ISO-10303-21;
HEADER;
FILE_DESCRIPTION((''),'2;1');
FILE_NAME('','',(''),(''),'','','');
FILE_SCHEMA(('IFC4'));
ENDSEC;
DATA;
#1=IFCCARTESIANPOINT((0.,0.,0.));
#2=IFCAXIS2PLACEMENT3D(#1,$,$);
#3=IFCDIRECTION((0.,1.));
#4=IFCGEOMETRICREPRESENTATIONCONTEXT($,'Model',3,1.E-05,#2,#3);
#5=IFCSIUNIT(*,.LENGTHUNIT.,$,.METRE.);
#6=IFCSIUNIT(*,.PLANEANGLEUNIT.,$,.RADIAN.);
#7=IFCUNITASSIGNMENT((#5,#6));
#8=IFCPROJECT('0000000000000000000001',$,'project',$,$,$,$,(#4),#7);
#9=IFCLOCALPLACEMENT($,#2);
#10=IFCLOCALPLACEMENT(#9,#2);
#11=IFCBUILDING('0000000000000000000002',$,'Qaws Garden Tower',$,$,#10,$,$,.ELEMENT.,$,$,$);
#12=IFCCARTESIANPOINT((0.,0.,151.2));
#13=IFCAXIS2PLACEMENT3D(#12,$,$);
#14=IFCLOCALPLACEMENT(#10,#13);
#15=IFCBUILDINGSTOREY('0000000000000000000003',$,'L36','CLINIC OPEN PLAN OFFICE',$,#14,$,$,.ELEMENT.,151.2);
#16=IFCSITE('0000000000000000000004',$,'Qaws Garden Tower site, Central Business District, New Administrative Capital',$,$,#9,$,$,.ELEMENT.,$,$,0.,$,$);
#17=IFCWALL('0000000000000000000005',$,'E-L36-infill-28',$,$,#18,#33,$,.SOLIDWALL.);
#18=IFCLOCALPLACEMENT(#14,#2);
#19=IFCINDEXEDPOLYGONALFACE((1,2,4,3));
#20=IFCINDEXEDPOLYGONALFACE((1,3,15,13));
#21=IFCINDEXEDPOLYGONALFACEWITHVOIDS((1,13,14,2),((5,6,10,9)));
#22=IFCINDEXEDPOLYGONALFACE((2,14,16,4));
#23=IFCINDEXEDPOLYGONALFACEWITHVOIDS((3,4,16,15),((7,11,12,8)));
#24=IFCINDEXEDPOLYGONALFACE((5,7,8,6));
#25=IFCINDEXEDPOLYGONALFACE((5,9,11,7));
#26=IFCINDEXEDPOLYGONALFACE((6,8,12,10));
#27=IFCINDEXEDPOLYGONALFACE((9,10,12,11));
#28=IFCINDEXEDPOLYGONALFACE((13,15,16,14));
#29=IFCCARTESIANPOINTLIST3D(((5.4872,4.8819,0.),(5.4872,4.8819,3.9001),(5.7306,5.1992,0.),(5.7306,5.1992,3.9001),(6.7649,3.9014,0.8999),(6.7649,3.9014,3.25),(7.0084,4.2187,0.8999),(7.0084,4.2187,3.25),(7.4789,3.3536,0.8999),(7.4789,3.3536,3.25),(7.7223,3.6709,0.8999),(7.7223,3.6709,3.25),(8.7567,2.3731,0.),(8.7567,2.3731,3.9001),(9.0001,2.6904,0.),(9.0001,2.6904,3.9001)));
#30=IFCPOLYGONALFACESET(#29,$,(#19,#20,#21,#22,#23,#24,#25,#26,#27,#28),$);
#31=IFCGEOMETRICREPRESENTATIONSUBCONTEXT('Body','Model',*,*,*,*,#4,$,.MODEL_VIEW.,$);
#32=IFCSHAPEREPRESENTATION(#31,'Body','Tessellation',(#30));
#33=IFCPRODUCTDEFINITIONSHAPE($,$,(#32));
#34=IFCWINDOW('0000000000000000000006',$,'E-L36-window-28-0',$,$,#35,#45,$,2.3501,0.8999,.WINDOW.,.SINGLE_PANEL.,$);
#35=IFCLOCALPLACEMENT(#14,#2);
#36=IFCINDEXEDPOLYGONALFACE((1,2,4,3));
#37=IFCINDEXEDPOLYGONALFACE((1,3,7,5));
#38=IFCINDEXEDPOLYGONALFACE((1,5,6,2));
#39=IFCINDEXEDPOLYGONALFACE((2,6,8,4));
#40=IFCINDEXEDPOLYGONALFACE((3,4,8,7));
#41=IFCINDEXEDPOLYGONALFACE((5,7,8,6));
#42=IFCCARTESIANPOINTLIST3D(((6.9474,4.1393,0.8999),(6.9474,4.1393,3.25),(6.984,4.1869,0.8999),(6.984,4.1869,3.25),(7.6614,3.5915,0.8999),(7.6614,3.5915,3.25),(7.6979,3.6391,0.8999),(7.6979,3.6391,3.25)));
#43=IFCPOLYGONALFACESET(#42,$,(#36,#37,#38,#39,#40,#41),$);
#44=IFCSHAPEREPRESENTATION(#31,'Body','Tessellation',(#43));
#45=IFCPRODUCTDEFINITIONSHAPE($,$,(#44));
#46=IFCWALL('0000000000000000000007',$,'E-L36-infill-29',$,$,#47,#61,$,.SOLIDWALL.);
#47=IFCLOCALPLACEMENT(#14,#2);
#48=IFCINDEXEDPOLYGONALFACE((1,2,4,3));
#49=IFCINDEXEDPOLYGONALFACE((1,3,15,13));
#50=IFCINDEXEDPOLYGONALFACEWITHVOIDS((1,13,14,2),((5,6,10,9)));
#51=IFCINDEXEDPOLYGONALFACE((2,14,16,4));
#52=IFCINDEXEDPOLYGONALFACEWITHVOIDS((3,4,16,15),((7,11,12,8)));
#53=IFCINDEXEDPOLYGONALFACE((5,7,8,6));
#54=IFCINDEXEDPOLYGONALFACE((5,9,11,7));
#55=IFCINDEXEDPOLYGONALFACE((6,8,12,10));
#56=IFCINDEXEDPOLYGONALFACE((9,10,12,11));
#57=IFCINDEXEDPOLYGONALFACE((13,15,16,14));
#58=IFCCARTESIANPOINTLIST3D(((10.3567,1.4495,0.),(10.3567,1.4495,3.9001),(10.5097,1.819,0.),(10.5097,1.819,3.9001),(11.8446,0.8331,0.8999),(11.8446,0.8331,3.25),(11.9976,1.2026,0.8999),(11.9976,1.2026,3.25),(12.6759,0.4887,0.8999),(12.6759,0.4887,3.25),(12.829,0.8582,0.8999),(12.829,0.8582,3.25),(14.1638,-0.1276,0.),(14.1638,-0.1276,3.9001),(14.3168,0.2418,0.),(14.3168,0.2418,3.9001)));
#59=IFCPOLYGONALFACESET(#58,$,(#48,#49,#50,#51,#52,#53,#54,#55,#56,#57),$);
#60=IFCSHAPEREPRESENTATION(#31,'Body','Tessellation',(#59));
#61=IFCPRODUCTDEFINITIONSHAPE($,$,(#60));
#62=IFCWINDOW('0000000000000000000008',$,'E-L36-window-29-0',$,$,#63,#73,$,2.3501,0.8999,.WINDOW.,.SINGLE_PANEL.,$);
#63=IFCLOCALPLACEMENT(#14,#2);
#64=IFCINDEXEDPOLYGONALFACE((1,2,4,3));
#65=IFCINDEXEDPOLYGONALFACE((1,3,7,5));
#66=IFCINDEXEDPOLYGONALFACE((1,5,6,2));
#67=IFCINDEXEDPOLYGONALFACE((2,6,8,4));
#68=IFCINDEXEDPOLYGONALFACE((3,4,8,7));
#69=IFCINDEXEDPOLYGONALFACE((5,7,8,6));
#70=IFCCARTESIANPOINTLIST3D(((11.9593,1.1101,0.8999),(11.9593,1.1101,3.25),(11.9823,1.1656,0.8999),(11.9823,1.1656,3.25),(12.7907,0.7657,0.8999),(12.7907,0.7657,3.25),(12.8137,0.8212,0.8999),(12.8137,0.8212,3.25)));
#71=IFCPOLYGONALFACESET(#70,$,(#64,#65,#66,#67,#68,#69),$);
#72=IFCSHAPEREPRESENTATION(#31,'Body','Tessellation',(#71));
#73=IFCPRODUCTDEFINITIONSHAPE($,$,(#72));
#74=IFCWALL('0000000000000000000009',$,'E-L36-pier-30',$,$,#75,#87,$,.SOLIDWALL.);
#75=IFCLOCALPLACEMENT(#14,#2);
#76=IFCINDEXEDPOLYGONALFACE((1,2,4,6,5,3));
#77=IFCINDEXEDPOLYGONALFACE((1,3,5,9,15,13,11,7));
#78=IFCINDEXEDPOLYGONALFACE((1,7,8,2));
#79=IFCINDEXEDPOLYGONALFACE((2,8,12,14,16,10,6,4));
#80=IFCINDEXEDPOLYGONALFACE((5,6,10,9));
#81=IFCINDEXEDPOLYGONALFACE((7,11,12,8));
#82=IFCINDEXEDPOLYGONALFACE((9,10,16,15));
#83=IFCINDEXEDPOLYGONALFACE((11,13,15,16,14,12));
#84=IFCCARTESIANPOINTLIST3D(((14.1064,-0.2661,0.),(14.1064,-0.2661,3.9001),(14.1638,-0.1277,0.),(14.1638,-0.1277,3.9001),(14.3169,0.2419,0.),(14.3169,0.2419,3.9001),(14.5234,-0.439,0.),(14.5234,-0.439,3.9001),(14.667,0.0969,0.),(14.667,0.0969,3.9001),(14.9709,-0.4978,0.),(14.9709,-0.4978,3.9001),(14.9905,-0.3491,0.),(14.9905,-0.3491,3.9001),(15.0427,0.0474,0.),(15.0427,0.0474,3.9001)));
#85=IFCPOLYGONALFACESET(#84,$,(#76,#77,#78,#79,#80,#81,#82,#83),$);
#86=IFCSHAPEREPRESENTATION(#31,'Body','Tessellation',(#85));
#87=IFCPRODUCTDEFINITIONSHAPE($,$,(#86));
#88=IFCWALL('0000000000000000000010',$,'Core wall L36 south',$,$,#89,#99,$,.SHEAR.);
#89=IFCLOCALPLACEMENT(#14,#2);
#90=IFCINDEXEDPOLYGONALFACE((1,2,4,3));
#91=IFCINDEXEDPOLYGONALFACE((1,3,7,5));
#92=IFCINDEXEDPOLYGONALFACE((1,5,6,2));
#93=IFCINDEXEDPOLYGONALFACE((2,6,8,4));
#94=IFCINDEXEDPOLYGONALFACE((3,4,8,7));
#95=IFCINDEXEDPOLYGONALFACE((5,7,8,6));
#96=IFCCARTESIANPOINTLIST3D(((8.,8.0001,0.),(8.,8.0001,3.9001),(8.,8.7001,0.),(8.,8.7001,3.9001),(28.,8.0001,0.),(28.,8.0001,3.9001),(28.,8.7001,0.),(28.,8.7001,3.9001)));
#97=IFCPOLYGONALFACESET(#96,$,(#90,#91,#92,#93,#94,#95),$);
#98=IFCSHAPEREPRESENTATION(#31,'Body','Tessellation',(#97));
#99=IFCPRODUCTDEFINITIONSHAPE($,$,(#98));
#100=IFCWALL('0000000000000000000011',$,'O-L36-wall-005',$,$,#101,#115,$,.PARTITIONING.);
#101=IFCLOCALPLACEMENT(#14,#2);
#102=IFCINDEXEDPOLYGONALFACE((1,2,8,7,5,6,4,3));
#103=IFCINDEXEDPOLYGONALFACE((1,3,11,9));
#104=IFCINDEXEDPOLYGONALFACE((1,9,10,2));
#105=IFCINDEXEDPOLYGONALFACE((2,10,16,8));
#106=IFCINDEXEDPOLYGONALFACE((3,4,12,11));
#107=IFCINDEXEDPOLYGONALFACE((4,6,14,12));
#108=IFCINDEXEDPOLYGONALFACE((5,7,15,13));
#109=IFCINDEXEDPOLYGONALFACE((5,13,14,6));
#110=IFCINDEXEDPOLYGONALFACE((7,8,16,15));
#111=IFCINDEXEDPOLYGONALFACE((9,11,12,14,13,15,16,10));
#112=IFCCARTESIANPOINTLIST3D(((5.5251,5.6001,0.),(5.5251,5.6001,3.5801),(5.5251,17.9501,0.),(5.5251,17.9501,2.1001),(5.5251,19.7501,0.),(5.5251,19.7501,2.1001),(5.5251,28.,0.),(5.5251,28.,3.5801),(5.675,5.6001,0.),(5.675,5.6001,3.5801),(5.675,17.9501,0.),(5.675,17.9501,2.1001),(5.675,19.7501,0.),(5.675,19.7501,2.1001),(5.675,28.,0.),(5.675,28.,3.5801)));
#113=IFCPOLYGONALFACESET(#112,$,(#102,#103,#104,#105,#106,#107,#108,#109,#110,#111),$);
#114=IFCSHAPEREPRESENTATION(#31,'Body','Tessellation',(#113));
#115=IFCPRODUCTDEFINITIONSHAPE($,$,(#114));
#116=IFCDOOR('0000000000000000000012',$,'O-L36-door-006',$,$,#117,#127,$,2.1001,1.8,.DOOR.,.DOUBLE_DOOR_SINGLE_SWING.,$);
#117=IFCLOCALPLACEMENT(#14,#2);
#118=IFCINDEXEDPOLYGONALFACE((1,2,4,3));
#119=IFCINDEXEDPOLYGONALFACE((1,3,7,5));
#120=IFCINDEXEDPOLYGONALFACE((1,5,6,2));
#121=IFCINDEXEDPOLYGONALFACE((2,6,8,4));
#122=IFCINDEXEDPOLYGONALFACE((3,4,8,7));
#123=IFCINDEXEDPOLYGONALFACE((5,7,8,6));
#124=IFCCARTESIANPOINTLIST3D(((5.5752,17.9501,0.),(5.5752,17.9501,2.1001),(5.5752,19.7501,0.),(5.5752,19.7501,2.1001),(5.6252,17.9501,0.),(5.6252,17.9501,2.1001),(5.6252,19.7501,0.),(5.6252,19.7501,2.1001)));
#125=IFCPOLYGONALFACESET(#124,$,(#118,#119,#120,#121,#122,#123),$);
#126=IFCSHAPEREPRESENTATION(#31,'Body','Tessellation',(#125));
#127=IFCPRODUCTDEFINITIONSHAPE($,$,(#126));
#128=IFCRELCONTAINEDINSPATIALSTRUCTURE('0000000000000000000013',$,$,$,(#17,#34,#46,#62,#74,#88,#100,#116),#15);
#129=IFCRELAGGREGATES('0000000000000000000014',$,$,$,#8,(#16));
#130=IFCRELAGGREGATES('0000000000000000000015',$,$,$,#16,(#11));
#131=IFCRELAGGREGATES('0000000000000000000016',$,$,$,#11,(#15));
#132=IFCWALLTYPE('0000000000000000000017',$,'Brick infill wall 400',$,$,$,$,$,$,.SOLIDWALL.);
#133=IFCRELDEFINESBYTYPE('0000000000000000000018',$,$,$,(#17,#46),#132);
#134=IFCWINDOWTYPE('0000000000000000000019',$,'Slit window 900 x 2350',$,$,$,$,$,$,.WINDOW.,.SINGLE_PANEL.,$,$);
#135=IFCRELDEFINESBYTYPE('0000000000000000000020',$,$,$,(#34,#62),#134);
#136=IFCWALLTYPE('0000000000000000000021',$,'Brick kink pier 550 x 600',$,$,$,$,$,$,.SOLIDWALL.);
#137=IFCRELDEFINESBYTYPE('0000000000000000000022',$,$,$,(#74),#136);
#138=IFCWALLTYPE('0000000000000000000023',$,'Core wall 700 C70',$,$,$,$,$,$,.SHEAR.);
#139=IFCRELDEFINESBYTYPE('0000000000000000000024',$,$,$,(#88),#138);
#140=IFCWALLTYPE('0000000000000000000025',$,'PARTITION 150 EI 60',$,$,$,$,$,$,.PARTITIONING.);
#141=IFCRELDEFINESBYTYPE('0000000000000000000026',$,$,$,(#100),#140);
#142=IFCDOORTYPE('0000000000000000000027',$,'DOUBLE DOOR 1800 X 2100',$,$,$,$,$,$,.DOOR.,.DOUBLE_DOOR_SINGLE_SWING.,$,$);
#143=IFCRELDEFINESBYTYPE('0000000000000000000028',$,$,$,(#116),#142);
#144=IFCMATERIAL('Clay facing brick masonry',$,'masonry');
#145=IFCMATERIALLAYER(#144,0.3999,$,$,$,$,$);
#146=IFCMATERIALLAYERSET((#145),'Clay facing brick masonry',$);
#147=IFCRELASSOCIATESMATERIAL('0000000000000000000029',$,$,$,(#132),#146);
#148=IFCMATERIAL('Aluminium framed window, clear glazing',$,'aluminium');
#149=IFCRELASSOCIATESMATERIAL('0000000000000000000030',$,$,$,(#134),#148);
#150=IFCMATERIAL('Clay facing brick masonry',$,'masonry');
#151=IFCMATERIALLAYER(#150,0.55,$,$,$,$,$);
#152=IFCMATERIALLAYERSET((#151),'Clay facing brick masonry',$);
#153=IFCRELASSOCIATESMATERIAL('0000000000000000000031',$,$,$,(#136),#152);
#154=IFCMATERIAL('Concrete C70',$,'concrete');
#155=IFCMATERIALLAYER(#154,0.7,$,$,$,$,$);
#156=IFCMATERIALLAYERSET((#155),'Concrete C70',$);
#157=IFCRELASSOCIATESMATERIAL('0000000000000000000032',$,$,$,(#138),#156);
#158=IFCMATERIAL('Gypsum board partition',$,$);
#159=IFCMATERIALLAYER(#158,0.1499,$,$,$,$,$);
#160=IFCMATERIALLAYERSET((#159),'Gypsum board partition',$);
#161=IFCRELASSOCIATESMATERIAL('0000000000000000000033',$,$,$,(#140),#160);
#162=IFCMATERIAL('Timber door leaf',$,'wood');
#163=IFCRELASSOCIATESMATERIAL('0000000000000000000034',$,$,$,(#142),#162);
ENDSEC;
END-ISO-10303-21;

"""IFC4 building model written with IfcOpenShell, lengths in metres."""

from ifc_helpers import new_model, si_unit, direction, frame, frame_2d, origin, place, context, subcontext, project, spatial, polyline, rectangle, outline, extrude, material, layer, layer_set, type_object, element, fill, save


model = new_model("IFC4")

# Units and contexts
model_context = context("Model", 3, precision=1e-05, world=origin(), true_north=direction((0.0, 1.0)))
body_context = subcontext(model_context, "Body", "Model", "MODEL_VIEW")
ifc_project = project(units=[si_unit("LENGTHUNIT", "METRE"), si_unit("PLANEANGLEUNIT", "RADIAN")], contexts=[model_context])

# Site, building, storey
site_placement = place(None, origin())
site = spatial("IfcSite", under=ifc_project, at=site_placement, Name="Qaws Garden Tower site, Central Business District, New Administrative Capital", CompositionType="ELEMENT", RefElevation=0.0)
building_placement = place(site_placement, origin())
building = spatial("IfcBuilding", under=site, at=building_placement, Name="Qaws Garden Tower", CompositionType="ELEMENT")
storey_placement = place(building_placement, frame((0.0, 0.0, 151.2)))
storey = spatial("IfcBuildingStorey", under=building, at=storey_placement, Name="L36", Description="CLINIC OPEN PLAN OFFICE", CompositionType="ELEMENT", Elevation=151.2)

# Shared definitions
placement_1 = place(storey_placement, origin())

# Walls, openings, windows
ifc_material_1 = material(Name="Clay facing brick masonry", Category="masonry")
ifc_layer_1 = layer(ifc_material_1, 0.3999)
ifc_layer_set_1 = layer_set([ifc_layer_1], Name="Clay facing brick masonry")
wall_type_1 = type_object("IfcWallType", Name="Brick infill wall 400", PredefinedType="SOLIDWALL", material=ifc_layer_set_1)
ifc_material_2 = material(Name="Aluminium framed window, clear glazing", Category="aluminium")
window_type = type_object("IfcWindowType", Name="Slit window 900 x 2350", PartitioningType="SINGLE_PANEL", PredefinedType="WINDOW", material=ifc_material_2)
wall_1_placement = place(storey_placement, frame((5.6089, 5.0405, 0.0), z_axis=(0.0, 0.0, 1.0), x_axis=(0.793355, -0.60876, 0.0)))
wall_1 = element("IfcWall", 1, at=wall_1_placement, inside=storey, type_object=wall_type_1, Name="E-L36-infill-28", PredefinedType="SOLIDWALL", context=body_context, shape_type="SweptSolid", body=[
    extrude(rectangle(XDim=4.1211, YDim=0.3999, at=frame_2d((2.0605, 0.0))), origin(), (0.0, 0.0, 1.0), 3.9001),
])
opening_1_placement = place(wall_1_placement, frame((1.6106, 0.0, 0.8999)))
opening_1 = element("IfcOpeningElement", 2, at=opening_1_placement, cuts=wall_1, PredefinedType="OPENING", context=body_context, shape_type="SweptSolid", body=[
    extrude(rectangle(XDim=0.8999, YDim=2.3501, at=frame_2d((0.45, 1.175))), frame((0.0, 0.21, 0.0), z_axis=(0.0, -1.0, 0.0), x_axis=(1.0, 0.0, 0.0)), (0.0, 0.0, 1.0), 0.4199),
])
window_1_placement = place(opening_1_placement, origin())
window_1 = element("IfcWindow", 3, at=window_1_placement, inside=storey, type_object=window_type, Name="E-L36-window-28-0", OverallHeight=2.3501, OverallWidth=0.8999, PartitioningType="SINGLE_PANEL", PredefinedType="WINDOW", context=body_context, shape_type="SweptSolid", body=[
    extrude(rectangle(XDim=0.8999, YDim=2.3501, at=frame_2d((0.45, 1.175))), frame((0.0, 0.1599, 0.0), z_axis=(0.0, -1.0, 0.0), x_axis=(1.0, 0.0, 0.0)), (0.0, 0.0, 1.0), 0.0601),
])
fill(opening_1, window_1)
wall_2_placement = place(storey_placement, frame((10.4331, 1.6343, 0.0), z_axis=(0.0, 0.0, 1.0), x_axis=(0.923864, -0.382722, 0.0)))
wall_2 = element("IfcWall", 4, at=wall_2_placement, inside=storey, type_object=wall_type_1, Name="E-L36-infill-29", PredefinedType="SOLIDWALL", context=body_context, shape_type="SweptSolid", body=[
    extrude(rectangle(XDim=4.1208, YDim=0.3999, at=frame_2d((2.0605, 0.0))), origin(), (0.0, 0.0, 1.0), 3.9001),
])
opening_2_placement = place(wall_2_placement, frame((1.6106, 0.0, 0.8999)))
opening_2 = element("IfcOpeningElement", 5, at=opening_2_placement, cuts=wall_2, PredefinedType="OPENING", context=body_context, shape_type="SweptSolid", body=[
    extrude(rectangle(XDim=0.8999, YDim=2.3501, at=frame_2d((0.45, 1.175))), frame((0.0, 0.21, 0.0), z_axis=(0.0, -1.0, 0.0), x_axis=(1.0, 0.0, 0.0)), (0.0, 0.0, 1.0), 0.4199),
])
window_2_placement = place(opening_2_placement, origin())
window_2 = element("IfcWindow", 6, at=window_2_placement, inside=storey, type_object=window_type, Name="E-L36-window-29-0", OverallHeight=2.3501, OverallWidth=0.8999, PartitioningType="SINGLE_PANEL", PredefinedType="WINDOW", context=body_context, shape_type="SweptSolid", body=[
    extrude(rectangle(XDim=0.8999, YDim=2.3501, at=frame_2d((0.45, 1.175))), frame((0.0, 0.1599, 0.0), z_axis=(0.0, -1.0, 0.0), x_axis=(1.0, 0.0, 0.0)), (0.0, 0.0, 1.0), 0.0601),
])
fill(opening_2, window_2)

# Walls
ifc_material_3 = material(Name="Clay facing brick masonry", Category="masonry")
ifc_layer_2 = layer(ifc_material_3, 0.55)
ifc_layer_set_2 = layer_set([ifc_layer_2], Name="Clay facing brick masonry")
wall_type_2 = type_object("IfcWallType", Name="Brick kink pier 550 x 600", PredefinedType="SOLIDWALL", material=ifc_layer_set_2)
element("IfcWall", 7, at=placement_1, inside=storey, type_object=wall_type_2, Name="E-L36-pier-30", PredefinedType="SOLIDWALL", context=body_context, shape_type="SweptSolid", body=[
    extrude(outline(polyline([(14.1638, -0.1277), (14.1064, -0.2661), (14.5234, -0.439), (14.9709, -0.4978), (14.9905, -0.3491), (15.0427, 0.0474), (14.667, 0.0969), (14.3169, 0.2419), (14.1638, -0.1277)])), origin(), (0.0, 0.0, 1.0), 3.9001),
])
ifc_material_4 = material(Name="Concrete C70", Category="concrete")
ifc_layer_3 = layer(ifc_material_4, 0.7)
ifc_layer_set_3 = layer_set([ifc_layer_3], Name="Concrete C70")
wall_type_3 = type_object("IfcWallType", Name="Core wall 700 C70", PredefinedType="SHEAR", material=ifc_layer_set_3)
wall_3_placement = place(storey_placement, frame((8.0, 8.3501, 0.0), z_axis=(0.0, 0.0, 1.0), x_axis=(1.0, 0.0, 0.0)))
element("IfcWall", 8, at=wall_3_placement, inside=storey, type_object=wall_type_3, Name="Core wall L36 south", PredefinedType="SHEAR", context=body_context, shape_type="SweptSolid", body=[
    extrude(rectangle(XDim=20.0, YDim=0.7, at=frame_2d((10.0, 0.0))), origin(), (0.0, 0.0, 1.0), 3.9001),
])

# Wall, opening, door
ifc_material_5 = material(Name="Gypsum board partition")
ifc_layer_4 = layer(ifc_material_5, 0.1499)
ifc_layer_set_4 = layer_set([ifc_layer_4], Name="Gypsum board partition")
wall_type_4 = type_object("IfcWallType", Name="PARTITION 150 EI 60", PredefinedType="PARTITIONING", material=ifc_layer_set_4)
wall_4_placement = place(storey_placement, frame((5.6001, 5.6001, 0.0), z_axis=(0.0, 0.0, 1.0), x_axis=(0.0, 1.0, 0.0)))
wall_4 = element("IfcWall", 9, at=wall_4_placement, inside=storey, type_object=wall_type_4, Name="O-L36-wall-005", PredefinedType="PARTITIONING", context=body_context, shape_type="SweptSolid", body=[
    extrude(rectangle(XDim=22.3999, YDim=0.1499, at=frame_2d((11.2, 0.0))), origin(), (0.0, 0.0, 1.0), 3.5801),
])
opening_3_placement = place(wall_4_placement, frame((12.3501, 0.0, 0.0)))
opening_3 = element("IfcOpeningElement", 10, at=opening_3_placement, cuts=wall_4, PredefinedType="OPENING", context=body_context, shape_type="SweptSolid", body=[
    extrude(rectangle(XDim=1.8, YDim=2.1001, at=frame_2d((0.8999, 1.05))), frame((0.0, 0.085, 0.0), z_axis=(0.0, -1.0, 0.0), x_axis=(1.0, 0.0, 0.0)), (0.0, 0.0, 1.0), 0.1699),
])
ifc_material_6 = material(Name="Timber door leaf", Category="wood")
door_type_1 = type_object("IfcDoorType", Name="DOUBLE DOOR 1800 X 2100", OperationType="DOUBLE_DOOR_SINGLE_SWING", PredefinedType="DOOR", material=ifc_material_6)
door_1_placement = place(opening_3_placement, origin())
door_1 = element("IfcDoor", 11, at=door_1_placement, inside=storey, type_object=door_type_1, Name="O-L36-door-006", OperationType="DOUBLE_DOOR_SINGLE_SWING", OverallHeight=2.1001, OverallWidth=1.8, PredefinedType="DOOR", context=body_context, shape_type="SweptSolid", body=[
    extrude(rectangle(XDim=1.8, YDim=2.1001, at=frame_2d((0.8999, 1.05))), frame((0.0, 0.0249, 0.0), z_axis=(0.0, -1.0, 0.0), x_axis=(1.0, 0.0, 0.0)), (0.0, 0.0, 1.0), 0.05),
])
fill(opening_3, door_1)

save(model, "model.ifc")
